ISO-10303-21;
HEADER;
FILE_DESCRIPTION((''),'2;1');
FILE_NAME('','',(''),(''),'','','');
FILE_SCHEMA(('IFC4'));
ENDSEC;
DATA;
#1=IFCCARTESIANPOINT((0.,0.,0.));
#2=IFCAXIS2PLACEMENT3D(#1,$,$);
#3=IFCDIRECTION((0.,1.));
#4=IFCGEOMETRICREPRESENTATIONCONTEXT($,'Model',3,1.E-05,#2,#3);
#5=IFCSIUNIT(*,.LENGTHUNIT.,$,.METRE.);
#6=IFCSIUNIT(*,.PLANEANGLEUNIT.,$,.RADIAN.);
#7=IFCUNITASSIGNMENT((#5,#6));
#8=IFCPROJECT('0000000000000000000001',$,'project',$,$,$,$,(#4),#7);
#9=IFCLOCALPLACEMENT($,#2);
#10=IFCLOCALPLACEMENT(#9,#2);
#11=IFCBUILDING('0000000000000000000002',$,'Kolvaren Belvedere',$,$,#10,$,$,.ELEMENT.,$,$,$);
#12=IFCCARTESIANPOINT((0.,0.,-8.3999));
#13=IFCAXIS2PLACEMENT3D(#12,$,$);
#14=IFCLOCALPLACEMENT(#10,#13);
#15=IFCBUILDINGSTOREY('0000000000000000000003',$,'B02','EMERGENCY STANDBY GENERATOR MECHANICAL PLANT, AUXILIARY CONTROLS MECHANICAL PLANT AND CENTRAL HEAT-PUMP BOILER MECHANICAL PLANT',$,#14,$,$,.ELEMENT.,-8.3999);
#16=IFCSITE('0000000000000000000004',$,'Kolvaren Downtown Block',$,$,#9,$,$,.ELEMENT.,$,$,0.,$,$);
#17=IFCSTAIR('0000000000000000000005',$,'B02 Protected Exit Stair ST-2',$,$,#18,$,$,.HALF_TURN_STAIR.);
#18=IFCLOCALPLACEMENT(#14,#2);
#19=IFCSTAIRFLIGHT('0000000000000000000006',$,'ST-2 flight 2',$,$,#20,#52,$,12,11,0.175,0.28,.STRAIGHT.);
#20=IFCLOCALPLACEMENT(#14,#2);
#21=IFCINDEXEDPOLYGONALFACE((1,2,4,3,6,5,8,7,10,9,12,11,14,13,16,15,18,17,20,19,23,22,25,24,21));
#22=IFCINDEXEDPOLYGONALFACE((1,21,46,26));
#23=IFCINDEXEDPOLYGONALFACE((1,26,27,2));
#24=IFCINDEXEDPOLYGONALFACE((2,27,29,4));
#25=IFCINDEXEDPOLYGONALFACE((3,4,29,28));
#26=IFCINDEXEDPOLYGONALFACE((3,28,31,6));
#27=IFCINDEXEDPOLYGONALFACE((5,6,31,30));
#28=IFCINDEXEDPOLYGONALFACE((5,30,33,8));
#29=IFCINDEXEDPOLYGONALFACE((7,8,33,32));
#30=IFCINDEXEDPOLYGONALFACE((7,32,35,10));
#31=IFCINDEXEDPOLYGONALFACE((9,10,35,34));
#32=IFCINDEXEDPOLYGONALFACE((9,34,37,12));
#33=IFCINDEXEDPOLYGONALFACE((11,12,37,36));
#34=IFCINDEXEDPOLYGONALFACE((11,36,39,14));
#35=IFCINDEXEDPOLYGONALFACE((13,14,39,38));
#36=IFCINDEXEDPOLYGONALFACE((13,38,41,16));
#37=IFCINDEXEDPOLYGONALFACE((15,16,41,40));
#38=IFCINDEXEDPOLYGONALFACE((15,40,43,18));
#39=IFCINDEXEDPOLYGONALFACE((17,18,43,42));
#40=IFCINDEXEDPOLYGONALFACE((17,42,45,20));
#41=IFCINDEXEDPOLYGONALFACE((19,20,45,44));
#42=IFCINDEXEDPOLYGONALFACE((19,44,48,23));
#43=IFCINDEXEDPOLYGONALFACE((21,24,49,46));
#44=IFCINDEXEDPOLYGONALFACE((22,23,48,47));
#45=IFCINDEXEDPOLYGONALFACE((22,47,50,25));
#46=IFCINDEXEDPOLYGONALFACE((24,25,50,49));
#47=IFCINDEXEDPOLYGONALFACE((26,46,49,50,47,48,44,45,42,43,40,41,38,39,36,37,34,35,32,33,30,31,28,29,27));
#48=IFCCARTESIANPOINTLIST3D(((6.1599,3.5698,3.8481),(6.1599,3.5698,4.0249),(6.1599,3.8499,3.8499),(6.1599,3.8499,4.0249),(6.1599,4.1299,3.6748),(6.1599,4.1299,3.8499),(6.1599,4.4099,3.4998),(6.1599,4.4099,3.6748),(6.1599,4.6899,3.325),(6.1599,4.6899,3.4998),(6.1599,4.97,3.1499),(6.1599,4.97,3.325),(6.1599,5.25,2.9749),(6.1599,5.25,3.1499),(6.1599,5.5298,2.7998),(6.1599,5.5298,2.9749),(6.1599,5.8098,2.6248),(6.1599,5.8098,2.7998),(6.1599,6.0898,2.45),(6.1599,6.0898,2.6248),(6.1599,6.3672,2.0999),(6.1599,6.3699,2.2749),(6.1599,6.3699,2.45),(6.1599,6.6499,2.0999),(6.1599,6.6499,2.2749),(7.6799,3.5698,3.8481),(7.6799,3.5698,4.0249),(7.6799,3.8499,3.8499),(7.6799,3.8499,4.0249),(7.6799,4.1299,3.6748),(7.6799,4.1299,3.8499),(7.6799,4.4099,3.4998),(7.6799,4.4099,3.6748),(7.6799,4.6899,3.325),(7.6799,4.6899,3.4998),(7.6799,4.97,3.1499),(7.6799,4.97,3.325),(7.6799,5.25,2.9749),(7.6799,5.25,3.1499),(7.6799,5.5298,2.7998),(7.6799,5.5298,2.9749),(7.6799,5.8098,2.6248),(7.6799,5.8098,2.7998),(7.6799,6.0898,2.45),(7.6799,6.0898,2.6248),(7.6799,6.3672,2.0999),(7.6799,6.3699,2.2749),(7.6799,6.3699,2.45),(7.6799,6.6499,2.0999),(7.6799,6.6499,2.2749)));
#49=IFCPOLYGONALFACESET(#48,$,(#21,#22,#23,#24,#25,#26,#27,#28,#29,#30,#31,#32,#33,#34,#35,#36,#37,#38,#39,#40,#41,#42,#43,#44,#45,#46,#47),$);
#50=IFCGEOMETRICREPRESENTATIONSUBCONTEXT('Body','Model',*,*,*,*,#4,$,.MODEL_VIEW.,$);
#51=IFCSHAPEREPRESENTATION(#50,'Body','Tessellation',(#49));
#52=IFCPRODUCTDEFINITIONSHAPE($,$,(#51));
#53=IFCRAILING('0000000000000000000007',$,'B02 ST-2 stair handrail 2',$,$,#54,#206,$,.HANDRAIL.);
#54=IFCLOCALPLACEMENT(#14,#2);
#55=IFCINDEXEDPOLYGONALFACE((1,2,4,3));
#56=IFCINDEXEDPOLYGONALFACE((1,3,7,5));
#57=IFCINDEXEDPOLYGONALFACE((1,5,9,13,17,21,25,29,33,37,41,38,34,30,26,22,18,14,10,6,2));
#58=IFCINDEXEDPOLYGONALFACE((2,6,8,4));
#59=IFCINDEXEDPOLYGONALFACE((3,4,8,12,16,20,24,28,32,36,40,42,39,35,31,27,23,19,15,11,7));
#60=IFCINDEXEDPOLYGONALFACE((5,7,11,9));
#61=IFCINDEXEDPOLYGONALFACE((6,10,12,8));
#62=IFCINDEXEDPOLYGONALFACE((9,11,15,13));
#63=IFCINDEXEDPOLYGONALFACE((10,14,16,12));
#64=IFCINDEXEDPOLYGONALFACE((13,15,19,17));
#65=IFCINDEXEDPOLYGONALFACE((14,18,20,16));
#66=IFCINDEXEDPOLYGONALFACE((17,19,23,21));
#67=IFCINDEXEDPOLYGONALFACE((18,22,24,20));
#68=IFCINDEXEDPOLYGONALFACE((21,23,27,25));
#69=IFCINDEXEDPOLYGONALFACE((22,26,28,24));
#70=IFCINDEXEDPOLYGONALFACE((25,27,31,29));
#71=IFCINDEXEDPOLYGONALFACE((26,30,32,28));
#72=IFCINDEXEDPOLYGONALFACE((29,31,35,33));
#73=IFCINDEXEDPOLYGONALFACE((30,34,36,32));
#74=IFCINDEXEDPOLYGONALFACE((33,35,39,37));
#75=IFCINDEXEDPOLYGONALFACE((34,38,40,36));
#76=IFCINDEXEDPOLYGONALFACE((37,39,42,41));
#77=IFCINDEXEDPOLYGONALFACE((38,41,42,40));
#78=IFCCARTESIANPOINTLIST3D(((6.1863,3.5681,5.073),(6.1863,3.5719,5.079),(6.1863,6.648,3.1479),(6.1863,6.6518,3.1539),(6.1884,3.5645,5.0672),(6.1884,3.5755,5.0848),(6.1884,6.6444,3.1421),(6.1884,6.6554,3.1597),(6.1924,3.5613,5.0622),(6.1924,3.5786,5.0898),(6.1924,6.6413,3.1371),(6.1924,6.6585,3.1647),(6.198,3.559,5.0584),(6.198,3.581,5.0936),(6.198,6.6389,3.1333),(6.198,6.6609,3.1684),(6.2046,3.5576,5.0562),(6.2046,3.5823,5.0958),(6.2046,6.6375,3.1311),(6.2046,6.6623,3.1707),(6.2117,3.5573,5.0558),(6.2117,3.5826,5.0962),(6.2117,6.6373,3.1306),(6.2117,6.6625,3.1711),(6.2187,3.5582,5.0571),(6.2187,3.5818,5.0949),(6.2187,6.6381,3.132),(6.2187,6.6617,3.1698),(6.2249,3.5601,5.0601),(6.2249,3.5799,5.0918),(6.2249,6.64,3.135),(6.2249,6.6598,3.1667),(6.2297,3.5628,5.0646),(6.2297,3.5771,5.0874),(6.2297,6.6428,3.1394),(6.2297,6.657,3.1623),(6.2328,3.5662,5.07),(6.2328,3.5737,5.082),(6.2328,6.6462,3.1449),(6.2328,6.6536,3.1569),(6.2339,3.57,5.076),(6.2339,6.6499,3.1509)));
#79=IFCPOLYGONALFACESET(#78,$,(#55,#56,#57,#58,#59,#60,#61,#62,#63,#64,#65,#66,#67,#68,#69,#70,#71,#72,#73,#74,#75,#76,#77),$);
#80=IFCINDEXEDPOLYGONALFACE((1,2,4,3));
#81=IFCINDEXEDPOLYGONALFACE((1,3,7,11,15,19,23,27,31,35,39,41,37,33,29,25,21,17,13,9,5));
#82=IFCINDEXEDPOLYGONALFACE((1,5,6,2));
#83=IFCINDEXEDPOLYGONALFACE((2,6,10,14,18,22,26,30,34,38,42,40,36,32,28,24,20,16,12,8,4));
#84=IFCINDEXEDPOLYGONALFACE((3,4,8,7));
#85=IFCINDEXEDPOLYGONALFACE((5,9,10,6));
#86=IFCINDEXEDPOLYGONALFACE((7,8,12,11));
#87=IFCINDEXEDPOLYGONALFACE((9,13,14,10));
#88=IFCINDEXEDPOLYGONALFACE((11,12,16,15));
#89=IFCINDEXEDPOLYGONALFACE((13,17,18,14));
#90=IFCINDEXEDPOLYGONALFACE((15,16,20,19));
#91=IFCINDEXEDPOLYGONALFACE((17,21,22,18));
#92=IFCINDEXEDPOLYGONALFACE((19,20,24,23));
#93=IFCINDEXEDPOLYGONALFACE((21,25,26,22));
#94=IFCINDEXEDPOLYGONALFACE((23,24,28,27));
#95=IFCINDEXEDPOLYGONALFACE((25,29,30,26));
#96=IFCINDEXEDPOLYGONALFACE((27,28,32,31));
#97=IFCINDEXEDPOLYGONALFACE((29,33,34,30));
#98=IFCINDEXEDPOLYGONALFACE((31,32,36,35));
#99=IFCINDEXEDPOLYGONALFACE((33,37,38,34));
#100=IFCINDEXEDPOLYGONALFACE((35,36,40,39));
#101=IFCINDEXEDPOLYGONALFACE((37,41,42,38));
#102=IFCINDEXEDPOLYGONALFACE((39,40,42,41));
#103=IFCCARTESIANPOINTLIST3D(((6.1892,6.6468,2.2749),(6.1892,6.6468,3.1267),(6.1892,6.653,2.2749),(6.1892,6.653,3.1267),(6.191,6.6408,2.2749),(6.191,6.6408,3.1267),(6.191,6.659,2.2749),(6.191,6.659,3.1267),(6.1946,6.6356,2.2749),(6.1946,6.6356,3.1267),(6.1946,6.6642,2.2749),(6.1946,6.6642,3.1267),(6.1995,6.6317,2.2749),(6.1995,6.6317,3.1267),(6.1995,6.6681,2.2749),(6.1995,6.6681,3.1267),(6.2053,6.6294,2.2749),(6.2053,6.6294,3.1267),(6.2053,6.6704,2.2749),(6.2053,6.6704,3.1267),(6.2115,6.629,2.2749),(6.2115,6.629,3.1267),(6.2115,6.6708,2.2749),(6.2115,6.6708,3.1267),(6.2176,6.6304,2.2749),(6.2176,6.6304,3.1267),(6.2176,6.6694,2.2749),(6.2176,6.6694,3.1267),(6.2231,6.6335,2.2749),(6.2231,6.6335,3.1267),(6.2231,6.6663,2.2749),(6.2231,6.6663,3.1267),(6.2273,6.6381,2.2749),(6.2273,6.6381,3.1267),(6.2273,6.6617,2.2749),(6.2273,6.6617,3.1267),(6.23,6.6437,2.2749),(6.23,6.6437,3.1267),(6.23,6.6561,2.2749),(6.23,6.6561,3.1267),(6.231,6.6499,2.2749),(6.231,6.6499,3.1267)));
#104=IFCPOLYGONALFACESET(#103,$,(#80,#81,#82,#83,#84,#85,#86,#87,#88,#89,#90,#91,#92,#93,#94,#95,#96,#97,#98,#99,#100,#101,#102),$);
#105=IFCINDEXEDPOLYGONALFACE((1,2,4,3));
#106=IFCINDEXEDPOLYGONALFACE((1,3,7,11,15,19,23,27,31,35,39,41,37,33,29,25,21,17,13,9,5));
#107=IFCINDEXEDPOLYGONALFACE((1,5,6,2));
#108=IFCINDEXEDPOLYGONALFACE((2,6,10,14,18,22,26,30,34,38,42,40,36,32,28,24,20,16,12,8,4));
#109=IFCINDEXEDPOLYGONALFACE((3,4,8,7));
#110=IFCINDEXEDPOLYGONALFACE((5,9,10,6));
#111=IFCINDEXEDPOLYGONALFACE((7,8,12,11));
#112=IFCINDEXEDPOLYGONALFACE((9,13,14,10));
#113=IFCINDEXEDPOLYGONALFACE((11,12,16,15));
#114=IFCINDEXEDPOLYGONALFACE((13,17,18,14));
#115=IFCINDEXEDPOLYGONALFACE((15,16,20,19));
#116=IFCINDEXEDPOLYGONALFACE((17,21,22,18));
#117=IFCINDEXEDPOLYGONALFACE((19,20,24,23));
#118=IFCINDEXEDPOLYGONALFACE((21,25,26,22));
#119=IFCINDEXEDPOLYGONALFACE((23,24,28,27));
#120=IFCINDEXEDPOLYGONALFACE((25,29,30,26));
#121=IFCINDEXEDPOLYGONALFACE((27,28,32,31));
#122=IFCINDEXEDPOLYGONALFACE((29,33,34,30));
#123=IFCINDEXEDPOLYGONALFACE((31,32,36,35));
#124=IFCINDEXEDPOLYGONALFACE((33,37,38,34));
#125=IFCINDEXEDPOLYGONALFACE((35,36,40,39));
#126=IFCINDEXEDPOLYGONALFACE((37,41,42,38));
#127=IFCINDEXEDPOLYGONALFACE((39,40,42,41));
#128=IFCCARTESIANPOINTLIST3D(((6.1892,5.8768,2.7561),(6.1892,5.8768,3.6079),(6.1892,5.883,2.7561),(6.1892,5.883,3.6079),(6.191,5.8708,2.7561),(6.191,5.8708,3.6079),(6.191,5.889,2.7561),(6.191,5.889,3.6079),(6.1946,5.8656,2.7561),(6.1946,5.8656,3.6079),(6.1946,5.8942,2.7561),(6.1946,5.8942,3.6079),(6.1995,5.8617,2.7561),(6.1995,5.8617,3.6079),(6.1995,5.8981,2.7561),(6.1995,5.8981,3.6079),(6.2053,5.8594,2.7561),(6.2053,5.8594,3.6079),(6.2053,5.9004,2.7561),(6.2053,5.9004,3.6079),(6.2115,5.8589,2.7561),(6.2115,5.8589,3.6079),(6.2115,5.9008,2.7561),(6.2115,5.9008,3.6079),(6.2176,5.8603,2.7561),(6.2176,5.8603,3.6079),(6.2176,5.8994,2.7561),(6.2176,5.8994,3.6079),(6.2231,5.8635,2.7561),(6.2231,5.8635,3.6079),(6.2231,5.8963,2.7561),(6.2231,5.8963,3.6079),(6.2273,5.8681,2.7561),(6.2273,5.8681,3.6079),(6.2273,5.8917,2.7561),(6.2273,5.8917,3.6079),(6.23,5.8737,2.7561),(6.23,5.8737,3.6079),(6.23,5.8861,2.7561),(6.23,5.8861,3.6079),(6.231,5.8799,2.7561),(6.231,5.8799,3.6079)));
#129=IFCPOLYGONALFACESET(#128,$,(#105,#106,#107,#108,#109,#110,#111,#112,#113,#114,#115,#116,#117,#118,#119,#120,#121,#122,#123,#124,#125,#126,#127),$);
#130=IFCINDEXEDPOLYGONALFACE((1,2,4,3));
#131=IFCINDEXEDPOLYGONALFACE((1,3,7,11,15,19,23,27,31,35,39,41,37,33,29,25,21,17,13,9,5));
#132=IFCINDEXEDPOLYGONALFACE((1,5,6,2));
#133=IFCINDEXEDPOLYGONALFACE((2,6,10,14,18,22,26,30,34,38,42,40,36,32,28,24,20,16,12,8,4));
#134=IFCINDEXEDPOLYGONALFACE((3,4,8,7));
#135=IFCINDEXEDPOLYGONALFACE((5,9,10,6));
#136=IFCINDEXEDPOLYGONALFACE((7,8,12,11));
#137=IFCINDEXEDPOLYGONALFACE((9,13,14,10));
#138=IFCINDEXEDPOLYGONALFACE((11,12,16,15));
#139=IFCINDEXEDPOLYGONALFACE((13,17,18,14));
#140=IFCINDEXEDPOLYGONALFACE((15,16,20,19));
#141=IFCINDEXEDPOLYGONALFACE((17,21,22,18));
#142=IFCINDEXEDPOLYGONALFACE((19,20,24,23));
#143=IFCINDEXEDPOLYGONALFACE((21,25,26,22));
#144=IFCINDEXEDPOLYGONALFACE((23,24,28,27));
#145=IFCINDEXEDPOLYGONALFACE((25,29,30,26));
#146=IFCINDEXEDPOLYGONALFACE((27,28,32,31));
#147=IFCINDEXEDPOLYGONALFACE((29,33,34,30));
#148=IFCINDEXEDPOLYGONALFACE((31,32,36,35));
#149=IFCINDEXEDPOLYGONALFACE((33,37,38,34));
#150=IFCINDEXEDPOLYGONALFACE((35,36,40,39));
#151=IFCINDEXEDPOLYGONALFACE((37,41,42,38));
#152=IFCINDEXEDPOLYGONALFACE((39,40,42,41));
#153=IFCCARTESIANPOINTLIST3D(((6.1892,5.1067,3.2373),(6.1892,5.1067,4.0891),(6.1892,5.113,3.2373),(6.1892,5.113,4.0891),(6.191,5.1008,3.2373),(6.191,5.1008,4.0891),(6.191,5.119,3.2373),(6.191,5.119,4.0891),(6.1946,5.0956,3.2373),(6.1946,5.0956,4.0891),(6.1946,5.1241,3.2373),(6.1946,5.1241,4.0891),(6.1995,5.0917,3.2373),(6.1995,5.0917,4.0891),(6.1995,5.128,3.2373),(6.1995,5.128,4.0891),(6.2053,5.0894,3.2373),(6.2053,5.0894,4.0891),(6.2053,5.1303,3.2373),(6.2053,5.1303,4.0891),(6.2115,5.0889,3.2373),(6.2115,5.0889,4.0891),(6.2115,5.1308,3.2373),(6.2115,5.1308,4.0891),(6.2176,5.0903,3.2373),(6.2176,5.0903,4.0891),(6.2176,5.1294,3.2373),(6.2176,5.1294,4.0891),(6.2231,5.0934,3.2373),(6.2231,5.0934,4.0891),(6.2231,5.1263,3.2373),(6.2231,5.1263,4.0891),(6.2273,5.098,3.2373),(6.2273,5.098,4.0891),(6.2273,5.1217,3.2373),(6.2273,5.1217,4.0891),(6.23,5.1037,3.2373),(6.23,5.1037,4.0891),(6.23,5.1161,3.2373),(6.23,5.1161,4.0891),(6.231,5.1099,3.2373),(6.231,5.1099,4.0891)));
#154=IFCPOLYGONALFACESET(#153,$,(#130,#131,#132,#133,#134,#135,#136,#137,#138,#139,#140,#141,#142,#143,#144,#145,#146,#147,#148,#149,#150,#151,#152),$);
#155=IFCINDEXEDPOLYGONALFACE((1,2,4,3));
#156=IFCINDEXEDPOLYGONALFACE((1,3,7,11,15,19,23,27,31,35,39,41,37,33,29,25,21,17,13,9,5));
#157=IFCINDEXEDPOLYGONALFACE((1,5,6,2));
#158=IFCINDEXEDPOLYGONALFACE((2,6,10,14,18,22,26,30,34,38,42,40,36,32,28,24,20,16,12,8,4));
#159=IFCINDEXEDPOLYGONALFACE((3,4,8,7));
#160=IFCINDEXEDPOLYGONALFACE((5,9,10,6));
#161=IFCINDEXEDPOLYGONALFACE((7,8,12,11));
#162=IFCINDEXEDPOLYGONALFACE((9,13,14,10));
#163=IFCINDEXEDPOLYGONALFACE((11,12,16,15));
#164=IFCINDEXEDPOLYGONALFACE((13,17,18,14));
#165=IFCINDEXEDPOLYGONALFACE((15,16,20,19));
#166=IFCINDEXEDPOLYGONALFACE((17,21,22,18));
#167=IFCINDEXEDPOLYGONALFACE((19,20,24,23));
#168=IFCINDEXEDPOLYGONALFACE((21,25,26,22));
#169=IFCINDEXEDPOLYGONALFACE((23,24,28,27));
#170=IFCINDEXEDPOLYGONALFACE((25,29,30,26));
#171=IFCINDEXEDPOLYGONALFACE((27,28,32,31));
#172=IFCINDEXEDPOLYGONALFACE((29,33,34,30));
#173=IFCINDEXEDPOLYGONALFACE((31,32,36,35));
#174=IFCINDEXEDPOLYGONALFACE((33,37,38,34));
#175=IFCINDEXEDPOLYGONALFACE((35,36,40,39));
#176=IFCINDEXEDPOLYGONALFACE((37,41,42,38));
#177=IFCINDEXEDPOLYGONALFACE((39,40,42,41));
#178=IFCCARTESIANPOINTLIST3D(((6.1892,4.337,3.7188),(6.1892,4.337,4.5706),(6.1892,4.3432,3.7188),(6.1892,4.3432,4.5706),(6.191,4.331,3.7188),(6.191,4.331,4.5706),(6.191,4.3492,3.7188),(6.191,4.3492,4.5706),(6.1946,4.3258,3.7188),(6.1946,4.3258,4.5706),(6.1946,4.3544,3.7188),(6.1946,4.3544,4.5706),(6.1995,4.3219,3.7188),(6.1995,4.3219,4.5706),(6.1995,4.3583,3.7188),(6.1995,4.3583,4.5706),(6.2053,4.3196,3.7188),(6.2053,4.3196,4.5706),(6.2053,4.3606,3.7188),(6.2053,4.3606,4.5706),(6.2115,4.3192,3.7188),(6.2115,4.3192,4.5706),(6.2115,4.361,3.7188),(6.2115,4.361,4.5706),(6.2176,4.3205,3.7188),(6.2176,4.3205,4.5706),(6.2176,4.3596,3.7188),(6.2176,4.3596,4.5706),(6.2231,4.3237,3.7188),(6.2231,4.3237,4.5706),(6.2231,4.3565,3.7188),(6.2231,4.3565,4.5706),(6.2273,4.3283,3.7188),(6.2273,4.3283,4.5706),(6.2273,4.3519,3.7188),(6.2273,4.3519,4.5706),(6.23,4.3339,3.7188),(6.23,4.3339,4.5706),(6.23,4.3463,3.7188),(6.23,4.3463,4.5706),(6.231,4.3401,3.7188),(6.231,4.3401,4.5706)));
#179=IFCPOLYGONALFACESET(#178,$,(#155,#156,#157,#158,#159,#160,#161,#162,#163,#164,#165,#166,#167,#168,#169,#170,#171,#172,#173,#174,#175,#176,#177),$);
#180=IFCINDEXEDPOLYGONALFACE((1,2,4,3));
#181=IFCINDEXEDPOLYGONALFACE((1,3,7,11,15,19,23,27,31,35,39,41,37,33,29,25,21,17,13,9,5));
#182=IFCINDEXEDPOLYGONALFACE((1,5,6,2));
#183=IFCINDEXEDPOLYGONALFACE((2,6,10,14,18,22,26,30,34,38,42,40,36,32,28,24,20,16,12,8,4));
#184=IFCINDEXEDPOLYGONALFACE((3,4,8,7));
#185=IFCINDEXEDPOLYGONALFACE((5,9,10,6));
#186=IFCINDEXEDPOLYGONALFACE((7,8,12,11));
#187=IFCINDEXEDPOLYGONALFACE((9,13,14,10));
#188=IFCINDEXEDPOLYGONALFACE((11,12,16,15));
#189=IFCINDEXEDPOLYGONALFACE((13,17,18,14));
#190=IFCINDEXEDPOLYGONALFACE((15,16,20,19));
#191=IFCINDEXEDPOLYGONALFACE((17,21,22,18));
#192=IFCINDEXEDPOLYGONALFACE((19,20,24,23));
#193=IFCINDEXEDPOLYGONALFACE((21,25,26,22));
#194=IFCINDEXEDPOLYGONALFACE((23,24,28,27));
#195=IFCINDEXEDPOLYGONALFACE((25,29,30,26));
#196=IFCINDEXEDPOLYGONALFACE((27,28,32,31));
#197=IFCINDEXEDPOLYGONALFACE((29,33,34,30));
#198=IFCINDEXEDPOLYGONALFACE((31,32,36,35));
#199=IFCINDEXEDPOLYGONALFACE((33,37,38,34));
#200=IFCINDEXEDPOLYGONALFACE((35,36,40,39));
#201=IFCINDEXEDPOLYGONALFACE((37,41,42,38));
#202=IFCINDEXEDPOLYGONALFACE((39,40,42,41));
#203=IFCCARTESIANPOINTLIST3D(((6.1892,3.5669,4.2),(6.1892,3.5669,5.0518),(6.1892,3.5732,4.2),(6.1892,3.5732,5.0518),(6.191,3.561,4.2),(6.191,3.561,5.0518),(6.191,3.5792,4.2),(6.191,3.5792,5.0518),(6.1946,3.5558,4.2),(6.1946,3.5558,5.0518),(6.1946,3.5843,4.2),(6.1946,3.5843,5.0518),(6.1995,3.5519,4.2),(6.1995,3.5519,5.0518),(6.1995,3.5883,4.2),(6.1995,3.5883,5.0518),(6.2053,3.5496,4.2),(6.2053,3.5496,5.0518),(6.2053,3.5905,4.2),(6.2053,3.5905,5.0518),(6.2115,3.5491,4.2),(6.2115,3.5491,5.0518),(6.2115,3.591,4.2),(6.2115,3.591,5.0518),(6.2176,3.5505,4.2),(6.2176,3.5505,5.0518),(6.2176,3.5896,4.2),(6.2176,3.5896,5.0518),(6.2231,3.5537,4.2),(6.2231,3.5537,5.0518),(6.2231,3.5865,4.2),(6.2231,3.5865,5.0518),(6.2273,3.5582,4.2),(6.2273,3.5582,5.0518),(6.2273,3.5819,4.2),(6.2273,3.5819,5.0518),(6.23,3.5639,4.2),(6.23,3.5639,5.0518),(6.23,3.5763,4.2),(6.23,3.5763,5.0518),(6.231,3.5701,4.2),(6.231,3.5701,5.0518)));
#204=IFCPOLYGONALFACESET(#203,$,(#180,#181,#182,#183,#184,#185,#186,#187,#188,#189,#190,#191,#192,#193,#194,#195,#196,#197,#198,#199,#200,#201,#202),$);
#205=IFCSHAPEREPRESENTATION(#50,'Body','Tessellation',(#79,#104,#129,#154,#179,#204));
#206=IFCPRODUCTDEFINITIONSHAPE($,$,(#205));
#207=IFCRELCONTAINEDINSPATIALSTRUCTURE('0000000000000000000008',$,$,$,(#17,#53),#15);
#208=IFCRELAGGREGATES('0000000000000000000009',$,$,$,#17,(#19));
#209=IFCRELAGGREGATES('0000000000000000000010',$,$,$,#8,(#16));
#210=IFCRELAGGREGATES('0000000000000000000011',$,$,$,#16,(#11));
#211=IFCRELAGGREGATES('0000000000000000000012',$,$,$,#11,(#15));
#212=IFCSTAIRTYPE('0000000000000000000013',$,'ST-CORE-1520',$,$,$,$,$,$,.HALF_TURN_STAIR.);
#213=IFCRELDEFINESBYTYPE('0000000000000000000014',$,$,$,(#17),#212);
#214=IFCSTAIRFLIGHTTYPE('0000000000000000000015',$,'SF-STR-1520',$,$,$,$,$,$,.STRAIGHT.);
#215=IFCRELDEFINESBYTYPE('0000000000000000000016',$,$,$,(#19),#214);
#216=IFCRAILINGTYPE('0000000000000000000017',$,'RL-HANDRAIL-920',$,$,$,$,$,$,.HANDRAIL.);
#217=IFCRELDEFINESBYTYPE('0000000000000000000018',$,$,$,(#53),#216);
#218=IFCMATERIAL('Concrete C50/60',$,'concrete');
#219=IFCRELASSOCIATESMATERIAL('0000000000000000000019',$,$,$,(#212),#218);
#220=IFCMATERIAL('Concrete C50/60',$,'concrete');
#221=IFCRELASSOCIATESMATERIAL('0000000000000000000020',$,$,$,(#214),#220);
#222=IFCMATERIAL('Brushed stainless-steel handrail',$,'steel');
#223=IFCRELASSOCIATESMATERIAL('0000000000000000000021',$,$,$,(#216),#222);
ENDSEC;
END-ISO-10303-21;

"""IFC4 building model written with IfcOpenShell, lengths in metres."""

from ifc_helpers import new_model, si_unit, direction, frame, origin, origin_2d, place, context, subcontext, project, spatial, polyline, circle, outline, extrude, material, type_object, element, aggregate, save


model = new_model("IFC4")

# Units and contexts
model_context = context("Model", 3, precision=1e-05, world=origin(), true_north=direction((0.0, 1.0)))
body_context = subcontext(model_context, "Body", "Model", "MODEL_VIEW")
ifc_project = project(units=[si_unit("LENGTHUNIT", "METRE"), si_unit("PLANEANGLEUNIT", "RADIAN")], contexts=[model_context])

# Site, building, storey
site_placement = place(None, origin())
site = spatial("IfcSite", under=ifc_project, at=site_placement, Name="Kolvaren Downtown Block", CompositionType="ELEMENT", RefElevation=0.0)
building_placement = place(site_placement, origin())
building = spatial("IfcBuilding", under=site, at=building_placement, Name="Kolvaren Belvedere", CompositionType="ELEMENT")
storey_placement = place(building_placement, frame((0.0, 0.0, -8.3999)))
storey = spatial("IfcBuildingStorey", under=building, at=storey_placement, Name="B02", Description="EMERGENCY STANDBY GENERATOR MECHANICAL PLANT, AUXILIARY CONTROLS MECHANICAL PLANT AND CENTRAL HEAT-PUMP BOILER MECHANICAL PLANT", CompositionType="ELEMENT", Elevation=-8.3999)

# Stair, stair flight
ifc_material_1 = material(Name="Concrete C50/60", Category="concrete")
stair_type = type_object("IfcStairType", Name="ST-CORE-1520", PredefinedType="HALF_TURN_STAIR", material=ifc_material_1)
stair_placement = place(storey_placement, origin())
stair = element("IfcStair", 1, at=stair_placement, inside=storey, type_object=stair_type, Name="B02 Protected Exit Stair ST-2", PredefinedType="HALF_TURN_STAIR")
ifc_material_2 = material(Name="Concrete C50/60", Category="concrete")
stair_flight_type = type_object("IfcStairFlightType", Name="SF-STR-1520", PredefinedType="STRAIGHT", material=ifc_material_2)
stair_flight_1_placement = place(storey_placement, frame((6.9199, 6.6499, 2.0999), z_axis=(0.0, 0.0, 1.0), x_axis=(0.0, -1.0, 0.0)))
stair_flight_1 = element("IfcStairFlight", 2, at=stair_flight_1_placement, type_object=stair_flight_type, Name="ST-2 flight 2", NumberOfRisers=12, NumberOfTreads=11, PredefinedType="STRAIGHT", RiserHeight=0.175, TreadLength=0.28, context=body_context, shape_type="SweptSolid", body=[
    extrude(outline(polyline([(0.0, 0.0), (0.0, 0.175), (0.28, 0.175), (0.28, 0.3501), (0.5601, 0.3501), (0.5601, 0.5249), (0.8401, 0.5249), (0.8401, 0.7), (1.1201, 0.7), (1.1201, 0.875), (1.3999, 0.875), (1.3999, 1.05), (1.6799, 1.05), (1.6799, 1.2251), (1.96, 1.2251), (1.96, 1.3999), (2.24, 1.3999), (2.24, 1.575), (2.52, 1.575), (2.52, 1.75), (2.8, 1.75), (2.8, 1.925), (3.0801, 1.925), (3.0801, 2.1001), (3.0801, 1.7483), (0.2827, 0.0), (0.0, 0.0)])), frame((0.0, 0.76, 0.0), z_axis=(0.0, -1.0, 0.0), x_axis=(1.0, 0.0, 0.0)), (0.0, 0.0, 1.0), 1.52),
])
aggregate(stair, [stair_flight_1])

# Railing
ifc_material_3 = material(Name="Brushed stainless-steel handrail", Category="steel")
railing_type_1 = type_object("IfcRailingType", Name="RL-HANDRAIL-920", PredefinedType="HANDRAIL", material=ifc_material_3)
railing_1_placement = place(storey_placement, frame((6.21, 6.6499, 2.2749)))
element("IfcRailing", 3, at=railing_1_placement, inside=storey, type_object=railing_type_1, Name="B02 ST-2 stair handrail 2", PredefinedType="HANDRAIL", context=body_context, shape_type="SweptSolid", body=[
    extrude(circle(Radius=0.0239, at=origin_2d()), frame((0.0, 0.0, 0.876), z_axis=(0.0, -0.847979, 0.530029), x_axis=(1.0, 0.0, 0.0)), (0.0, 0.0, 1.0), 3.6321),
    extrude(circle(Radius=0.021, at=origin_2d()), origin(), (0.0, 0.0, 1.0), 0.8518),
    extrude(circle(Radius=0.021, at=origin_2d()), frame((0.0, -0.77, 0.4812)), (0.0, 0.0, 1.0), 0.8518),
    extrude(circle(Radius=0.021, at=origin_2d()), frame((0.0, -1.54, 0.9624)), (0.0, 0.0, 1.0), 0.8518),
    extrude(circle(Radius=0.021, at=origin_2d()), frame((0.0, -2.3098, 1.4438)), (0.0, 0.0, 1.0), 0.8518),
    extrude(circle(Radius=0.021, at=origin_2d()), frame((0.0, -3.0798, 1.925)), (0.0, 0.0, 1.0), 0.8518),
])

save(model, "model.ifc")
